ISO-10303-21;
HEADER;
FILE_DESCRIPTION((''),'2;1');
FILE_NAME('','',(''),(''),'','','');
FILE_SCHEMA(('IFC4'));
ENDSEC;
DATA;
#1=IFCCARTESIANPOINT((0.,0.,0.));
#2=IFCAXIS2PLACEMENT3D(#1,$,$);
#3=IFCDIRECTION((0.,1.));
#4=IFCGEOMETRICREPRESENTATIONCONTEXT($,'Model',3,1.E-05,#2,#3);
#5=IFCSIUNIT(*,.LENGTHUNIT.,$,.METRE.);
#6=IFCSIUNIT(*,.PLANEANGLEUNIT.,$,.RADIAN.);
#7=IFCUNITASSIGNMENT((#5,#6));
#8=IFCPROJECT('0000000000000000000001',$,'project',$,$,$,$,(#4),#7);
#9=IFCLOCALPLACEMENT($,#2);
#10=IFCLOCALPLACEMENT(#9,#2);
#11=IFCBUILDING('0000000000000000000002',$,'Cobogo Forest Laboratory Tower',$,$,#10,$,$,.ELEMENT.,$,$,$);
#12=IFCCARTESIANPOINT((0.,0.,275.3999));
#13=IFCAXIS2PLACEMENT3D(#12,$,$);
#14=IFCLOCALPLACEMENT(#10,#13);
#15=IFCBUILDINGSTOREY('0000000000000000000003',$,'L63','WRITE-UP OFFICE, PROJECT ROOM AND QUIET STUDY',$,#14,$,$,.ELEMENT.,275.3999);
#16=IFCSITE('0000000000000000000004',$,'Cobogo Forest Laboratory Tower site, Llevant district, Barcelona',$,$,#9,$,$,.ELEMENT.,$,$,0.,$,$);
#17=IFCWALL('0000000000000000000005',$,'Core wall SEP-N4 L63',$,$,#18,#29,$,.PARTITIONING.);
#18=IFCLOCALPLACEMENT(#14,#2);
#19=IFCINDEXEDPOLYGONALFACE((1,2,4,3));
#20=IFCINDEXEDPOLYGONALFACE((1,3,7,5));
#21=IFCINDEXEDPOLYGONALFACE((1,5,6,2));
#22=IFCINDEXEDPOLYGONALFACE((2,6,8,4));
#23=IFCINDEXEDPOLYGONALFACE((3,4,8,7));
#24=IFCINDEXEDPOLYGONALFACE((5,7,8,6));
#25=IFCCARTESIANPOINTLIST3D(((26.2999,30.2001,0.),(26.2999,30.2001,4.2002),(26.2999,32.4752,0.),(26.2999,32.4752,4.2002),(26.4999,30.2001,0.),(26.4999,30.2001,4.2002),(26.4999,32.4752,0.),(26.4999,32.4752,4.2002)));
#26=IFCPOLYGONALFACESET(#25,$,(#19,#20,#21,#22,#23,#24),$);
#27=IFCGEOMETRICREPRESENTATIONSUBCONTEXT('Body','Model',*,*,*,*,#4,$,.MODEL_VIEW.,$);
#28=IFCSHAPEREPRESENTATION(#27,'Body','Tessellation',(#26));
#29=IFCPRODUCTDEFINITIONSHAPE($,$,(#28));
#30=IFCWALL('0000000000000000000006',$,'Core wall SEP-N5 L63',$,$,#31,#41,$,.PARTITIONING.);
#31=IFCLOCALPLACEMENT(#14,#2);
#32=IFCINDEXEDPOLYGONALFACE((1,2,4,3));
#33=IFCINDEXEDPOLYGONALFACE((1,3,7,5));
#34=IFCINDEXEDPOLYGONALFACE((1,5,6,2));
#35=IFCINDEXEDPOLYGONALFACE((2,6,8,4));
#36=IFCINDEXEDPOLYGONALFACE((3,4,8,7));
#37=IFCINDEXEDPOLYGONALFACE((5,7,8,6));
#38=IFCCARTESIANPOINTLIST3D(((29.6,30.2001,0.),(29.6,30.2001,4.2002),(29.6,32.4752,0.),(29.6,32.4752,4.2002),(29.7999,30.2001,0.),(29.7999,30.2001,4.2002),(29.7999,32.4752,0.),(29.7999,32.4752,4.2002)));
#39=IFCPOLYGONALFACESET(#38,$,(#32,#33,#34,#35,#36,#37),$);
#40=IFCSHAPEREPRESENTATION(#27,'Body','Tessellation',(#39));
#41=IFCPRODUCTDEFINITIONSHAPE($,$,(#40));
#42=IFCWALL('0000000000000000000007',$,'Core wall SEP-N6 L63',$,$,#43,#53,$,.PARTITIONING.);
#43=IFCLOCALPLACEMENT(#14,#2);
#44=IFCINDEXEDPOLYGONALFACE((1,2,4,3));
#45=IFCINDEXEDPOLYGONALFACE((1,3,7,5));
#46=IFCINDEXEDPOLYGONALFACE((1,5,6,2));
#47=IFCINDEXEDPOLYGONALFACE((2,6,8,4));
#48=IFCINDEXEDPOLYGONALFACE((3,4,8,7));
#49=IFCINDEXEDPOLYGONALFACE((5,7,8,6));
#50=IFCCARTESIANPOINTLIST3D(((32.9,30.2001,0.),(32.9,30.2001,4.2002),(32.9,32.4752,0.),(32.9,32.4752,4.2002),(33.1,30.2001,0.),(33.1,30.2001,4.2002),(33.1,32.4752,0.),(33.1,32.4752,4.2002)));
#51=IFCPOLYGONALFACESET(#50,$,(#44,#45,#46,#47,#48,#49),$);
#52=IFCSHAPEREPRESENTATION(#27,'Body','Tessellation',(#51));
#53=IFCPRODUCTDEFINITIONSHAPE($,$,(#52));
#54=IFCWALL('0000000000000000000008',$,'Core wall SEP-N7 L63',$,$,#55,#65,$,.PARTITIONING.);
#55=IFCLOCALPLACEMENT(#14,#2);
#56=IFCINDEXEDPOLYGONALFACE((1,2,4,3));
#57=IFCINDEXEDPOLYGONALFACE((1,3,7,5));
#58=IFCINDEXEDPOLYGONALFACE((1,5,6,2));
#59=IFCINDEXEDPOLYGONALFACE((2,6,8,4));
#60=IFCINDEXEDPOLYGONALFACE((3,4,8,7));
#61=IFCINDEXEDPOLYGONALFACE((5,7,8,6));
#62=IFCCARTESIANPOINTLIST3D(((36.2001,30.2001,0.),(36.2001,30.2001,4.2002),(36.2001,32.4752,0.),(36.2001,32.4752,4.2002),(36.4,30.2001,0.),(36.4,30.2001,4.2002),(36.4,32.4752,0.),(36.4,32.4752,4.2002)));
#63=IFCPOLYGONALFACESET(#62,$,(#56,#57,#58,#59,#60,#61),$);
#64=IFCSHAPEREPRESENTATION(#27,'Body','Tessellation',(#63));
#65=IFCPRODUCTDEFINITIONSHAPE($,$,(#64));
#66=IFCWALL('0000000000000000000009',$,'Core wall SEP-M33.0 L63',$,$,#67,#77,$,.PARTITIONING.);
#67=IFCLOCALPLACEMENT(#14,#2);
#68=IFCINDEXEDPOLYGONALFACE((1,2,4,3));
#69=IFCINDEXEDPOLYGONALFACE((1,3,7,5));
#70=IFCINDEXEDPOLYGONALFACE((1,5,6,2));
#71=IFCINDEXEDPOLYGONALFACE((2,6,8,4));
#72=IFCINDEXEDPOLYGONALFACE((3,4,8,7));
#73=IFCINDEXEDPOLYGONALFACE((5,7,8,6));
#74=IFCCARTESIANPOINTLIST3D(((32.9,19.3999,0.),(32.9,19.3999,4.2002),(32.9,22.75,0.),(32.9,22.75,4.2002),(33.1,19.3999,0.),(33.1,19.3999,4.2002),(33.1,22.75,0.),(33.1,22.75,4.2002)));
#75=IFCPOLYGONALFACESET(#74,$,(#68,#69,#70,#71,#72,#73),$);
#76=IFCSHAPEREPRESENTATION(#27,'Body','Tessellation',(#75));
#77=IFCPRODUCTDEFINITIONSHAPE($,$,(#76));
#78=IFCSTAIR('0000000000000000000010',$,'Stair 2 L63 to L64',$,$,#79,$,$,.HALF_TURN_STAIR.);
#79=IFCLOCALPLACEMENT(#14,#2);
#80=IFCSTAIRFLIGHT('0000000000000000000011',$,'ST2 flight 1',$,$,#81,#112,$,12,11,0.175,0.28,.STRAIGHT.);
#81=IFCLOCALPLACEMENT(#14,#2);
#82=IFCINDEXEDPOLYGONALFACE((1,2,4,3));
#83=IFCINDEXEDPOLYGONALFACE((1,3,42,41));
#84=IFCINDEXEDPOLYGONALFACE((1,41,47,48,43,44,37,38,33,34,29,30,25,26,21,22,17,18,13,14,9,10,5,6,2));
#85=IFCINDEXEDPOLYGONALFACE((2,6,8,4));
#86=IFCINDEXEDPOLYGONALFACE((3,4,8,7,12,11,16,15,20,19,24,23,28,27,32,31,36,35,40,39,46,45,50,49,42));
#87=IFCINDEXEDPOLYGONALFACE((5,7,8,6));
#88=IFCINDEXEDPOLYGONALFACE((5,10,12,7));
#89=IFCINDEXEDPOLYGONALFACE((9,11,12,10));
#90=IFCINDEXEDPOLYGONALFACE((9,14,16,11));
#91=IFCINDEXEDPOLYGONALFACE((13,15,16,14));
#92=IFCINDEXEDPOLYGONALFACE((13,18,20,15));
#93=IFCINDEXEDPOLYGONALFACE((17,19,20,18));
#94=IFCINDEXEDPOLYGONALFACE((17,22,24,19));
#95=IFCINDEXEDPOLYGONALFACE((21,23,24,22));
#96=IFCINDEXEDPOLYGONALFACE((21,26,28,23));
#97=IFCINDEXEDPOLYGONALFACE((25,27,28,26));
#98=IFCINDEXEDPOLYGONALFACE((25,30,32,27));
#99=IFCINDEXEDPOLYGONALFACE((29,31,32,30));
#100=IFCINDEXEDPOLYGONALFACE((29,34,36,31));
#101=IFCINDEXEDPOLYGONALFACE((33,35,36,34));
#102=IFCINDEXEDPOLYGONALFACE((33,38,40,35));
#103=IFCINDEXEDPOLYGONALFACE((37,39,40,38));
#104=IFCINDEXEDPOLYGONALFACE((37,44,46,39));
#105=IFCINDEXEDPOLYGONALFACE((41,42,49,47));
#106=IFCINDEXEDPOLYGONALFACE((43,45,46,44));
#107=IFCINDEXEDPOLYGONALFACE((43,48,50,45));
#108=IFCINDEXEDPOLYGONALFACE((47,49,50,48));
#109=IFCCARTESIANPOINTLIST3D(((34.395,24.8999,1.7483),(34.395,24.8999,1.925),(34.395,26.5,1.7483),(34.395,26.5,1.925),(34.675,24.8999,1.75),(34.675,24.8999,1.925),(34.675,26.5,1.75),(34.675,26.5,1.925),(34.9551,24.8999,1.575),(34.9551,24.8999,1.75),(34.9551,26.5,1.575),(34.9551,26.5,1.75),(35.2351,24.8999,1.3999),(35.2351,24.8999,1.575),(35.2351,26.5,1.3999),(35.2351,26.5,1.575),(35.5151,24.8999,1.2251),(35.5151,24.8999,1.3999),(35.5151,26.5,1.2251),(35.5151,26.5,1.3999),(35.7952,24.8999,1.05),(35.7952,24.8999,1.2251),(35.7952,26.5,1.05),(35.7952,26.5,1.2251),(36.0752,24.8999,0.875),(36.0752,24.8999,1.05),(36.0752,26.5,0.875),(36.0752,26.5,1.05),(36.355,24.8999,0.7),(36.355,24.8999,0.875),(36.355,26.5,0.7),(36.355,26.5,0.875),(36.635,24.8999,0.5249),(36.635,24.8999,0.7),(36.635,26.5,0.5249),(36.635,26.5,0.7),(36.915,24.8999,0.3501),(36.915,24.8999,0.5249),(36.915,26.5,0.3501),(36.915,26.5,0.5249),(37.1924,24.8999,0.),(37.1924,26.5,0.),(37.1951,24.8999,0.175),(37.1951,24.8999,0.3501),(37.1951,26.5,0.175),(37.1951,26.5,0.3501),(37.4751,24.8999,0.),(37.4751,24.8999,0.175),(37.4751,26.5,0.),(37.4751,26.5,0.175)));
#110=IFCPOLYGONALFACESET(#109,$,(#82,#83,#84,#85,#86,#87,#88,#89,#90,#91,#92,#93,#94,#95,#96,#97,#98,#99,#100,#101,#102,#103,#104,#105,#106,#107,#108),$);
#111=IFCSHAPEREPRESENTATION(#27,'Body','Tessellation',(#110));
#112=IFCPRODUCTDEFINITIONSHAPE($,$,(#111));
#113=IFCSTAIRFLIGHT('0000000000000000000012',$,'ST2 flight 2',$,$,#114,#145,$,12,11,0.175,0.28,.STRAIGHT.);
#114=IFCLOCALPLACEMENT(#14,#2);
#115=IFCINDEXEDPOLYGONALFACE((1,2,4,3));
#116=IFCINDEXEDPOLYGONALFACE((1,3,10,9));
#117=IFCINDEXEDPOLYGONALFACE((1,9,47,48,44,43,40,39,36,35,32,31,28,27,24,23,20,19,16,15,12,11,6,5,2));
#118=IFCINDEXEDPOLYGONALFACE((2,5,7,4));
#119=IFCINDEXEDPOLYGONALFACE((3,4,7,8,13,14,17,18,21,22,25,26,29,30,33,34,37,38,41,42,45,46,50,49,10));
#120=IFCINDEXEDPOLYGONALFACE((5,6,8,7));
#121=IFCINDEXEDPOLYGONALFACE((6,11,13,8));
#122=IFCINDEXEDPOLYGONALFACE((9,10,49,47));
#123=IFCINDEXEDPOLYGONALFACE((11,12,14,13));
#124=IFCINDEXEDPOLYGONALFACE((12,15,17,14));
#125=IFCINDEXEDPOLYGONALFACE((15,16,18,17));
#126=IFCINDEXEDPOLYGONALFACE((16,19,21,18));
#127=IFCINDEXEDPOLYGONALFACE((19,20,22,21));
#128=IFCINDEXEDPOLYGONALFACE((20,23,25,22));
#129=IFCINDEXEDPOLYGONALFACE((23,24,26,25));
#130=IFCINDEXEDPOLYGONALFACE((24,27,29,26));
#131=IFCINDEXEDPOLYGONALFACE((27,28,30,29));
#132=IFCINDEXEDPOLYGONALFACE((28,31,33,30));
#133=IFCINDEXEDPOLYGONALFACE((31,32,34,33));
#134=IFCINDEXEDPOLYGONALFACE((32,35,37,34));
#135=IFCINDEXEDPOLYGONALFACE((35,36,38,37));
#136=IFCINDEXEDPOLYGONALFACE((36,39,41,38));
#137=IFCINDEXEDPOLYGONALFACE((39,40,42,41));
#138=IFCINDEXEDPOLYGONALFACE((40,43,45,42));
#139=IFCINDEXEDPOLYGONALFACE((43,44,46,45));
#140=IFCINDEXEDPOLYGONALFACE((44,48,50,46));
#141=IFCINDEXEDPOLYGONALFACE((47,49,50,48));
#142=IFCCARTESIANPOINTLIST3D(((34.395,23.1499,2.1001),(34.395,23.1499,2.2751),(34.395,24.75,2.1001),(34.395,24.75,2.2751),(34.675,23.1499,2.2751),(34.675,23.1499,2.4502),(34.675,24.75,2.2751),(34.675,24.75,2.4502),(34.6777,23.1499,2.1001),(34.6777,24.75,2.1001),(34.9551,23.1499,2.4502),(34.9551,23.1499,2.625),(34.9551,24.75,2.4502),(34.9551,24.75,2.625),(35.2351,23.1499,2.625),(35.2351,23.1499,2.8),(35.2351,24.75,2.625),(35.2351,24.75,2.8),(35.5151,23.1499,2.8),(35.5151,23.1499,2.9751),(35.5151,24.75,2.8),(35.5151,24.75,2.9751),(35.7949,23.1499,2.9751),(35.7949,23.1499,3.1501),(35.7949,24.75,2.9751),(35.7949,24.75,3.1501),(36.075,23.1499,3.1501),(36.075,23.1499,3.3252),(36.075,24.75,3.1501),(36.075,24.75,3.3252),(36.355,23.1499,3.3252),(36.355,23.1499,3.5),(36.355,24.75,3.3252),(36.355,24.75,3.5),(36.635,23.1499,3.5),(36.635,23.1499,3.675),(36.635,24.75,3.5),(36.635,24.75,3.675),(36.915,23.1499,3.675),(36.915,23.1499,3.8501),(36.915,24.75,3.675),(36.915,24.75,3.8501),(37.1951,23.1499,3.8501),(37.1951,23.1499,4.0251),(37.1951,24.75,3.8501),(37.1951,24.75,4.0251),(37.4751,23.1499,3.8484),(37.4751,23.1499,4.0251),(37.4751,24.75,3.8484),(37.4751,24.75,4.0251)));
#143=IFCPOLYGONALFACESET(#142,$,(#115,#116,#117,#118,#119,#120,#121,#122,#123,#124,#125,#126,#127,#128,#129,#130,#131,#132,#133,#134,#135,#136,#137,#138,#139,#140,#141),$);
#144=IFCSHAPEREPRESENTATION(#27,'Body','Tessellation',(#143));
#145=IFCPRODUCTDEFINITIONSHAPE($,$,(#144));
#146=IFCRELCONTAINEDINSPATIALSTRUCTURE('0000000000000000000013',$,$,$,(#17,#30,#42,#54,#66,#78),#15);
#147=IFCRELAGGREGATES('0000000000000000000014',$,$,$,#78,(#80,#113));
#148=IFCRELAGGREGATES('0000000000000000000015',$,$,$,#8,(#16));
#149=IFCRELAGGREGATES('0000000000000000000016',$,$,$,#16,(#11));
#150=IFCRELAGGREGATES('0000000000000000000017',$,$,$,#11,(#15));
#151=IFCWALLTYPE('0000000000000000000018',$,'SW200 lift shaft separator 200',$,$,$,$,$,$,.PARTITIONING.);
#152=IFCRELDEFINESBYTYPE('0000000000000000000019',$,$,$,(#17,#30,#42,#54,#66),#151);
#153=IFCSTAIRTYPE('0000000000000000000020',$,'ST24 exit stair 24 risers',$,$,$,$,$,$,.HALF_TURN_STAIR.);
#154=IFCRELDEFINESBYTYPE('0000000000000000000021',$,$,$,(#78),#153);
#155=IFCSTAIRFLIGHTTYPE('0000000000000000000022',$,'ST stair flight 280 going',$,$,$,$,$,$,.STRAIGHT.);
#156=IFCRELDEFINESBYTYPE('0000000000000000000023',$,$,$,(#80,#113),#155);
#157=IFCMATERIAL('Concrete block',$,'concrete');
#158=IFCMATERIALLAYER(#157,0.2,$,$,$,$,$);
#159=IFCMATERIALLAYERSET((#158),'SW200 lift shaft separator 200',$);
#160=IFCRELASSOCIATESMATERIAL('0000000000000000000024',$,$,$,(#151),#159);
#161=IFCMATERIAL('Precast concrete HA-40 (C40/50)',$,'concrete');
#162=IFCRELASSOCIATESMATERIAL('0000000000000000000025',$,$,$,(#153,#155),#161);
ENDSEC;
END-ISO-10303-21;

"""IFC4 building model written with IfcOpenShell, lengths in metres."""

from ifc_helpers import new_model, si_unit, direction, frame, frame_2d, origin, place, context, subcontext, project, spatial, polyline, rectangle, outline, extrude, material, layer, layer_set, type_object, element, aggregate, save


model = new_model("IFC4")

# Units and contexts
model_context = context("Model", 3, precision=1e-05, world=origin(), true_north=direction((0.0, 1.0)))
body_context = subcontext(model_context, "Body", "Model", "MODEL_VIEW")
ifc_project = project(units=[si_unit("LENGTHUNIT", "METRE"), si_unit("PLANEANGLEUNIT", "RADIAN")], contexts=[model_context])

# Site, building, storey
site_placement = place(None, origin())
site = spatial("IfcSite", under=ifc_project, at=site_placement, Name="Cobogo Forest Laboratory Tower site, Llevant district, Barcelona", CompositionType="ELEMENT", RefElevation=0.0)
building_placement = place(site_placement, origin())
building = spatial("IfcBuilding", under=site, at=building_placement, Name="Cobogo Forest Laboratory Tower", CompositionType="ELEMENT")
storey_placement = place(building_placement, frame((0.0, 0.0, 275.3999)))
storey = spatial("IfcBuildingStorey", under=building, at=storey_placement, Name="L63", Description="WRITE-UP OFFICE, PROJECT ROOM AND QUIET STUDY", CompositionType="ELEMENT", Elevation=275.3999)

# Walls
ifc_material_1 = material(Name="Concrete block", Category="concrete")
ifc_layer_1 = layer(ifc_material_1, 0.2)
ifc_layer_set_1 = layer_set([ifc_layer_1], Name="SW200 lift shaft separator 200")
wall_type_1 = type_object("IfcWallType", Name="SW200 lift shaft separator 200", PredefinedType="PARTITIONING", material=ifc_layer_set_1)
for number, where, z_axis, x_axis, name in (
    (1, (26.3999, 30.2, 0.0), (0.0, 0.0, 1.0), (0.0, 1.0, 0.0), "Core wall SEP-N4 L63"),
    (2, (29.7, 30.2, 0.0), (0.0, 0.0, 1.0), (0.0, 1.0, 0.0), "Core wall SEP-N5 L63"),
    (3, (33.0, 30.2, 0.0), (0.0, 0.0, 1.0), (0.0, 1.0, 0.0), "Core wall SEP-N6 L63"),
    (4, (36.3, 30.2, 0.0), (0.0, 0.0, 1.0), (0.0, 1.0, 0.0), "Core wall SEP-N7 L63"),
):
    element("IfcWall", number, at=place(storey_placement, frame(where, z_axis=z_axis, x_axis=x_axis)), inside=storey, type_object=wall_type_1, Name=name, PredefinedType="PARTITIONING", context=body_context, shape_type="SweptSolid", body=[
        extrude(rectangle(XDim=2.2751, YDim=0.2, at=frame_2d((1.1377, 0.0))), origin(), (0.0, 0.0, 1.0), 4.2002),
    ])
wall_1_placement = place(storey_placement, frame((33.0, 19.3999, 0.0), z_axis=(0.0, 0.0, 1.0), x_axis=(0.0, 1.0, 0.0)))
element("IfcWall", 5, at=wall_1_placement, inside=storey, type_object=wall_type_1, Name="Core wall SEP-M33.0 L63", PredefinedType="PARTITIONING", context=body_context, shape_type="SweptSolid", body=[
    extrude(rectangle(XDim=3.3501, YDim=0.2, at=frame_2d((1.675, 0.0))), origin(), (0.0, 0.0, 1.0), 4.2002),
])

# Stair, stair flights
ifc_material_2 = material(Name="Precast concrete HA-40 (C40/50)", Category="concrete")
stair_type = type_object("IfcStairType", Name="ST24 exit stair 24 risers", PredefinedType="HALF_TURN_STAIR", material=ifc_material_2)
stair_placement = place(storey_placement, origin())
stair = element("IfcStair", 6, at=stair_placement, inside=storey, type_object=stair_type, Name="Stair 2 L63 to L64", PredefinedType="HALF_TURN_STAIR")
stair_flight_type = type_object("IfcStairFlightType", Name="ST stair flight 280 going", PredefinedType="STRAIGHT", material=ifc_material_2)
stair_flight_1_placement = place(storey_placement, frame((37.4751, 25.7, 0.0), z_axis=(0.0, 0.0, 1.0), x_axis=(-1.0, 0.0, 0.0)))
stair_flight_1 = element("IfcStairFlight", 7, at=stair_flight_1_placement, type_object=stair_flight_type, Name="ST2 flight 1", NumberOfRisers=12, NumberOfTreads=11, PredefinedType="STRAIGHT", RiserHeight=0.175, TreadLength=0.28, context=body_context, shape_type="SweptSolid", body=[
    extrude(outline(polyline([(0.0, 0.0), (0.0, 0.175), (0.28, 0.175), (0.28, 0.3501), (0.5601, 0.3501), (0.5601, 0.5249), (0.8401, 0.5249), (0.8401, 0.7), (1.1201, 0.7), (1.1201, 0.875), (1.3999, 0.875), (1.3999, 1.05), (1.6799, 1.05), (1.6799, 1.2251), (1.96, 1.2251), (1.96, 1.3999), (2.24, 1.3999), (2.24, 1.575), (2.52, 1.575), (2.52, 1.75), (2.8, 1.75), (2.8, 1.925), (3.0801, 1.925), (3.0801, 2.1001), (3.0801, 1.7483), (0.2827, 0.0), (0.0, 0.0)])), frame((0.0, 0.8, 0.0), z_axis=(0.0, -1.0, 0.0), x_axis=(1.0, 0.0, 0.0)), (0.0, 0.0, 1.0), 1.6001),
])
stair_flight_2_placement = place(storey_placement, frame((34.395, 23.95, 2.1001), z_axis=(0.0, 0.0, 1.0), x_axis=(1.0, 0.0, 0.0)))
stair_flight_2 = element("IfcStairFlight", 8, at=stair_flight_2_placement, type_object=stair_flight_type, Name="ST2 flight 2", NumberOfRisers=12, NumberOfTreads=11, PredefinedType="STRAIGHT", RiserHeight=0.175, TreadLength=0.28, context=body_context, shape_type="SweptSolid", body=[
    extrude(outline(polyline([(0.0, 0.0), (0.0, 0.175), (0.28, 0.175), (0.28, 0.3501), (0.5601, 0.3501), (0.5601, 0.5249), (0.8401, 0.5249), (0.8401, 0.7), (1.1201, 0.7), (1.1201, 0.875), (1.3999, 0.875), (1.3999, 1.05), (1.6799, 1.05), (1.6799, 1.2251), (1.96, 1.2251), (1.96, 1.3999), (2.24, 1.3999), (2.24, 1.575), (2.52, 1.575), (2.52, 1.75), (2.8, 1.75), (2.8, 1.925), (3.0801, 1.925), (3.0801, 2.1001), (3.0801, 1.7483), (0.2827, 0.0), (0.0, 0.0)])), frame((0.0, 0.8, 0.0), z_axis=(0.0, -1.0, 0.0), x_axis=(1.0, 0.0, 0.0)), (0.0, 0.0, 1.0), 1.6001),
])
aggregate(stair, [stair_flight_1, stair_flight_2])

save(model, "model.ifc")
